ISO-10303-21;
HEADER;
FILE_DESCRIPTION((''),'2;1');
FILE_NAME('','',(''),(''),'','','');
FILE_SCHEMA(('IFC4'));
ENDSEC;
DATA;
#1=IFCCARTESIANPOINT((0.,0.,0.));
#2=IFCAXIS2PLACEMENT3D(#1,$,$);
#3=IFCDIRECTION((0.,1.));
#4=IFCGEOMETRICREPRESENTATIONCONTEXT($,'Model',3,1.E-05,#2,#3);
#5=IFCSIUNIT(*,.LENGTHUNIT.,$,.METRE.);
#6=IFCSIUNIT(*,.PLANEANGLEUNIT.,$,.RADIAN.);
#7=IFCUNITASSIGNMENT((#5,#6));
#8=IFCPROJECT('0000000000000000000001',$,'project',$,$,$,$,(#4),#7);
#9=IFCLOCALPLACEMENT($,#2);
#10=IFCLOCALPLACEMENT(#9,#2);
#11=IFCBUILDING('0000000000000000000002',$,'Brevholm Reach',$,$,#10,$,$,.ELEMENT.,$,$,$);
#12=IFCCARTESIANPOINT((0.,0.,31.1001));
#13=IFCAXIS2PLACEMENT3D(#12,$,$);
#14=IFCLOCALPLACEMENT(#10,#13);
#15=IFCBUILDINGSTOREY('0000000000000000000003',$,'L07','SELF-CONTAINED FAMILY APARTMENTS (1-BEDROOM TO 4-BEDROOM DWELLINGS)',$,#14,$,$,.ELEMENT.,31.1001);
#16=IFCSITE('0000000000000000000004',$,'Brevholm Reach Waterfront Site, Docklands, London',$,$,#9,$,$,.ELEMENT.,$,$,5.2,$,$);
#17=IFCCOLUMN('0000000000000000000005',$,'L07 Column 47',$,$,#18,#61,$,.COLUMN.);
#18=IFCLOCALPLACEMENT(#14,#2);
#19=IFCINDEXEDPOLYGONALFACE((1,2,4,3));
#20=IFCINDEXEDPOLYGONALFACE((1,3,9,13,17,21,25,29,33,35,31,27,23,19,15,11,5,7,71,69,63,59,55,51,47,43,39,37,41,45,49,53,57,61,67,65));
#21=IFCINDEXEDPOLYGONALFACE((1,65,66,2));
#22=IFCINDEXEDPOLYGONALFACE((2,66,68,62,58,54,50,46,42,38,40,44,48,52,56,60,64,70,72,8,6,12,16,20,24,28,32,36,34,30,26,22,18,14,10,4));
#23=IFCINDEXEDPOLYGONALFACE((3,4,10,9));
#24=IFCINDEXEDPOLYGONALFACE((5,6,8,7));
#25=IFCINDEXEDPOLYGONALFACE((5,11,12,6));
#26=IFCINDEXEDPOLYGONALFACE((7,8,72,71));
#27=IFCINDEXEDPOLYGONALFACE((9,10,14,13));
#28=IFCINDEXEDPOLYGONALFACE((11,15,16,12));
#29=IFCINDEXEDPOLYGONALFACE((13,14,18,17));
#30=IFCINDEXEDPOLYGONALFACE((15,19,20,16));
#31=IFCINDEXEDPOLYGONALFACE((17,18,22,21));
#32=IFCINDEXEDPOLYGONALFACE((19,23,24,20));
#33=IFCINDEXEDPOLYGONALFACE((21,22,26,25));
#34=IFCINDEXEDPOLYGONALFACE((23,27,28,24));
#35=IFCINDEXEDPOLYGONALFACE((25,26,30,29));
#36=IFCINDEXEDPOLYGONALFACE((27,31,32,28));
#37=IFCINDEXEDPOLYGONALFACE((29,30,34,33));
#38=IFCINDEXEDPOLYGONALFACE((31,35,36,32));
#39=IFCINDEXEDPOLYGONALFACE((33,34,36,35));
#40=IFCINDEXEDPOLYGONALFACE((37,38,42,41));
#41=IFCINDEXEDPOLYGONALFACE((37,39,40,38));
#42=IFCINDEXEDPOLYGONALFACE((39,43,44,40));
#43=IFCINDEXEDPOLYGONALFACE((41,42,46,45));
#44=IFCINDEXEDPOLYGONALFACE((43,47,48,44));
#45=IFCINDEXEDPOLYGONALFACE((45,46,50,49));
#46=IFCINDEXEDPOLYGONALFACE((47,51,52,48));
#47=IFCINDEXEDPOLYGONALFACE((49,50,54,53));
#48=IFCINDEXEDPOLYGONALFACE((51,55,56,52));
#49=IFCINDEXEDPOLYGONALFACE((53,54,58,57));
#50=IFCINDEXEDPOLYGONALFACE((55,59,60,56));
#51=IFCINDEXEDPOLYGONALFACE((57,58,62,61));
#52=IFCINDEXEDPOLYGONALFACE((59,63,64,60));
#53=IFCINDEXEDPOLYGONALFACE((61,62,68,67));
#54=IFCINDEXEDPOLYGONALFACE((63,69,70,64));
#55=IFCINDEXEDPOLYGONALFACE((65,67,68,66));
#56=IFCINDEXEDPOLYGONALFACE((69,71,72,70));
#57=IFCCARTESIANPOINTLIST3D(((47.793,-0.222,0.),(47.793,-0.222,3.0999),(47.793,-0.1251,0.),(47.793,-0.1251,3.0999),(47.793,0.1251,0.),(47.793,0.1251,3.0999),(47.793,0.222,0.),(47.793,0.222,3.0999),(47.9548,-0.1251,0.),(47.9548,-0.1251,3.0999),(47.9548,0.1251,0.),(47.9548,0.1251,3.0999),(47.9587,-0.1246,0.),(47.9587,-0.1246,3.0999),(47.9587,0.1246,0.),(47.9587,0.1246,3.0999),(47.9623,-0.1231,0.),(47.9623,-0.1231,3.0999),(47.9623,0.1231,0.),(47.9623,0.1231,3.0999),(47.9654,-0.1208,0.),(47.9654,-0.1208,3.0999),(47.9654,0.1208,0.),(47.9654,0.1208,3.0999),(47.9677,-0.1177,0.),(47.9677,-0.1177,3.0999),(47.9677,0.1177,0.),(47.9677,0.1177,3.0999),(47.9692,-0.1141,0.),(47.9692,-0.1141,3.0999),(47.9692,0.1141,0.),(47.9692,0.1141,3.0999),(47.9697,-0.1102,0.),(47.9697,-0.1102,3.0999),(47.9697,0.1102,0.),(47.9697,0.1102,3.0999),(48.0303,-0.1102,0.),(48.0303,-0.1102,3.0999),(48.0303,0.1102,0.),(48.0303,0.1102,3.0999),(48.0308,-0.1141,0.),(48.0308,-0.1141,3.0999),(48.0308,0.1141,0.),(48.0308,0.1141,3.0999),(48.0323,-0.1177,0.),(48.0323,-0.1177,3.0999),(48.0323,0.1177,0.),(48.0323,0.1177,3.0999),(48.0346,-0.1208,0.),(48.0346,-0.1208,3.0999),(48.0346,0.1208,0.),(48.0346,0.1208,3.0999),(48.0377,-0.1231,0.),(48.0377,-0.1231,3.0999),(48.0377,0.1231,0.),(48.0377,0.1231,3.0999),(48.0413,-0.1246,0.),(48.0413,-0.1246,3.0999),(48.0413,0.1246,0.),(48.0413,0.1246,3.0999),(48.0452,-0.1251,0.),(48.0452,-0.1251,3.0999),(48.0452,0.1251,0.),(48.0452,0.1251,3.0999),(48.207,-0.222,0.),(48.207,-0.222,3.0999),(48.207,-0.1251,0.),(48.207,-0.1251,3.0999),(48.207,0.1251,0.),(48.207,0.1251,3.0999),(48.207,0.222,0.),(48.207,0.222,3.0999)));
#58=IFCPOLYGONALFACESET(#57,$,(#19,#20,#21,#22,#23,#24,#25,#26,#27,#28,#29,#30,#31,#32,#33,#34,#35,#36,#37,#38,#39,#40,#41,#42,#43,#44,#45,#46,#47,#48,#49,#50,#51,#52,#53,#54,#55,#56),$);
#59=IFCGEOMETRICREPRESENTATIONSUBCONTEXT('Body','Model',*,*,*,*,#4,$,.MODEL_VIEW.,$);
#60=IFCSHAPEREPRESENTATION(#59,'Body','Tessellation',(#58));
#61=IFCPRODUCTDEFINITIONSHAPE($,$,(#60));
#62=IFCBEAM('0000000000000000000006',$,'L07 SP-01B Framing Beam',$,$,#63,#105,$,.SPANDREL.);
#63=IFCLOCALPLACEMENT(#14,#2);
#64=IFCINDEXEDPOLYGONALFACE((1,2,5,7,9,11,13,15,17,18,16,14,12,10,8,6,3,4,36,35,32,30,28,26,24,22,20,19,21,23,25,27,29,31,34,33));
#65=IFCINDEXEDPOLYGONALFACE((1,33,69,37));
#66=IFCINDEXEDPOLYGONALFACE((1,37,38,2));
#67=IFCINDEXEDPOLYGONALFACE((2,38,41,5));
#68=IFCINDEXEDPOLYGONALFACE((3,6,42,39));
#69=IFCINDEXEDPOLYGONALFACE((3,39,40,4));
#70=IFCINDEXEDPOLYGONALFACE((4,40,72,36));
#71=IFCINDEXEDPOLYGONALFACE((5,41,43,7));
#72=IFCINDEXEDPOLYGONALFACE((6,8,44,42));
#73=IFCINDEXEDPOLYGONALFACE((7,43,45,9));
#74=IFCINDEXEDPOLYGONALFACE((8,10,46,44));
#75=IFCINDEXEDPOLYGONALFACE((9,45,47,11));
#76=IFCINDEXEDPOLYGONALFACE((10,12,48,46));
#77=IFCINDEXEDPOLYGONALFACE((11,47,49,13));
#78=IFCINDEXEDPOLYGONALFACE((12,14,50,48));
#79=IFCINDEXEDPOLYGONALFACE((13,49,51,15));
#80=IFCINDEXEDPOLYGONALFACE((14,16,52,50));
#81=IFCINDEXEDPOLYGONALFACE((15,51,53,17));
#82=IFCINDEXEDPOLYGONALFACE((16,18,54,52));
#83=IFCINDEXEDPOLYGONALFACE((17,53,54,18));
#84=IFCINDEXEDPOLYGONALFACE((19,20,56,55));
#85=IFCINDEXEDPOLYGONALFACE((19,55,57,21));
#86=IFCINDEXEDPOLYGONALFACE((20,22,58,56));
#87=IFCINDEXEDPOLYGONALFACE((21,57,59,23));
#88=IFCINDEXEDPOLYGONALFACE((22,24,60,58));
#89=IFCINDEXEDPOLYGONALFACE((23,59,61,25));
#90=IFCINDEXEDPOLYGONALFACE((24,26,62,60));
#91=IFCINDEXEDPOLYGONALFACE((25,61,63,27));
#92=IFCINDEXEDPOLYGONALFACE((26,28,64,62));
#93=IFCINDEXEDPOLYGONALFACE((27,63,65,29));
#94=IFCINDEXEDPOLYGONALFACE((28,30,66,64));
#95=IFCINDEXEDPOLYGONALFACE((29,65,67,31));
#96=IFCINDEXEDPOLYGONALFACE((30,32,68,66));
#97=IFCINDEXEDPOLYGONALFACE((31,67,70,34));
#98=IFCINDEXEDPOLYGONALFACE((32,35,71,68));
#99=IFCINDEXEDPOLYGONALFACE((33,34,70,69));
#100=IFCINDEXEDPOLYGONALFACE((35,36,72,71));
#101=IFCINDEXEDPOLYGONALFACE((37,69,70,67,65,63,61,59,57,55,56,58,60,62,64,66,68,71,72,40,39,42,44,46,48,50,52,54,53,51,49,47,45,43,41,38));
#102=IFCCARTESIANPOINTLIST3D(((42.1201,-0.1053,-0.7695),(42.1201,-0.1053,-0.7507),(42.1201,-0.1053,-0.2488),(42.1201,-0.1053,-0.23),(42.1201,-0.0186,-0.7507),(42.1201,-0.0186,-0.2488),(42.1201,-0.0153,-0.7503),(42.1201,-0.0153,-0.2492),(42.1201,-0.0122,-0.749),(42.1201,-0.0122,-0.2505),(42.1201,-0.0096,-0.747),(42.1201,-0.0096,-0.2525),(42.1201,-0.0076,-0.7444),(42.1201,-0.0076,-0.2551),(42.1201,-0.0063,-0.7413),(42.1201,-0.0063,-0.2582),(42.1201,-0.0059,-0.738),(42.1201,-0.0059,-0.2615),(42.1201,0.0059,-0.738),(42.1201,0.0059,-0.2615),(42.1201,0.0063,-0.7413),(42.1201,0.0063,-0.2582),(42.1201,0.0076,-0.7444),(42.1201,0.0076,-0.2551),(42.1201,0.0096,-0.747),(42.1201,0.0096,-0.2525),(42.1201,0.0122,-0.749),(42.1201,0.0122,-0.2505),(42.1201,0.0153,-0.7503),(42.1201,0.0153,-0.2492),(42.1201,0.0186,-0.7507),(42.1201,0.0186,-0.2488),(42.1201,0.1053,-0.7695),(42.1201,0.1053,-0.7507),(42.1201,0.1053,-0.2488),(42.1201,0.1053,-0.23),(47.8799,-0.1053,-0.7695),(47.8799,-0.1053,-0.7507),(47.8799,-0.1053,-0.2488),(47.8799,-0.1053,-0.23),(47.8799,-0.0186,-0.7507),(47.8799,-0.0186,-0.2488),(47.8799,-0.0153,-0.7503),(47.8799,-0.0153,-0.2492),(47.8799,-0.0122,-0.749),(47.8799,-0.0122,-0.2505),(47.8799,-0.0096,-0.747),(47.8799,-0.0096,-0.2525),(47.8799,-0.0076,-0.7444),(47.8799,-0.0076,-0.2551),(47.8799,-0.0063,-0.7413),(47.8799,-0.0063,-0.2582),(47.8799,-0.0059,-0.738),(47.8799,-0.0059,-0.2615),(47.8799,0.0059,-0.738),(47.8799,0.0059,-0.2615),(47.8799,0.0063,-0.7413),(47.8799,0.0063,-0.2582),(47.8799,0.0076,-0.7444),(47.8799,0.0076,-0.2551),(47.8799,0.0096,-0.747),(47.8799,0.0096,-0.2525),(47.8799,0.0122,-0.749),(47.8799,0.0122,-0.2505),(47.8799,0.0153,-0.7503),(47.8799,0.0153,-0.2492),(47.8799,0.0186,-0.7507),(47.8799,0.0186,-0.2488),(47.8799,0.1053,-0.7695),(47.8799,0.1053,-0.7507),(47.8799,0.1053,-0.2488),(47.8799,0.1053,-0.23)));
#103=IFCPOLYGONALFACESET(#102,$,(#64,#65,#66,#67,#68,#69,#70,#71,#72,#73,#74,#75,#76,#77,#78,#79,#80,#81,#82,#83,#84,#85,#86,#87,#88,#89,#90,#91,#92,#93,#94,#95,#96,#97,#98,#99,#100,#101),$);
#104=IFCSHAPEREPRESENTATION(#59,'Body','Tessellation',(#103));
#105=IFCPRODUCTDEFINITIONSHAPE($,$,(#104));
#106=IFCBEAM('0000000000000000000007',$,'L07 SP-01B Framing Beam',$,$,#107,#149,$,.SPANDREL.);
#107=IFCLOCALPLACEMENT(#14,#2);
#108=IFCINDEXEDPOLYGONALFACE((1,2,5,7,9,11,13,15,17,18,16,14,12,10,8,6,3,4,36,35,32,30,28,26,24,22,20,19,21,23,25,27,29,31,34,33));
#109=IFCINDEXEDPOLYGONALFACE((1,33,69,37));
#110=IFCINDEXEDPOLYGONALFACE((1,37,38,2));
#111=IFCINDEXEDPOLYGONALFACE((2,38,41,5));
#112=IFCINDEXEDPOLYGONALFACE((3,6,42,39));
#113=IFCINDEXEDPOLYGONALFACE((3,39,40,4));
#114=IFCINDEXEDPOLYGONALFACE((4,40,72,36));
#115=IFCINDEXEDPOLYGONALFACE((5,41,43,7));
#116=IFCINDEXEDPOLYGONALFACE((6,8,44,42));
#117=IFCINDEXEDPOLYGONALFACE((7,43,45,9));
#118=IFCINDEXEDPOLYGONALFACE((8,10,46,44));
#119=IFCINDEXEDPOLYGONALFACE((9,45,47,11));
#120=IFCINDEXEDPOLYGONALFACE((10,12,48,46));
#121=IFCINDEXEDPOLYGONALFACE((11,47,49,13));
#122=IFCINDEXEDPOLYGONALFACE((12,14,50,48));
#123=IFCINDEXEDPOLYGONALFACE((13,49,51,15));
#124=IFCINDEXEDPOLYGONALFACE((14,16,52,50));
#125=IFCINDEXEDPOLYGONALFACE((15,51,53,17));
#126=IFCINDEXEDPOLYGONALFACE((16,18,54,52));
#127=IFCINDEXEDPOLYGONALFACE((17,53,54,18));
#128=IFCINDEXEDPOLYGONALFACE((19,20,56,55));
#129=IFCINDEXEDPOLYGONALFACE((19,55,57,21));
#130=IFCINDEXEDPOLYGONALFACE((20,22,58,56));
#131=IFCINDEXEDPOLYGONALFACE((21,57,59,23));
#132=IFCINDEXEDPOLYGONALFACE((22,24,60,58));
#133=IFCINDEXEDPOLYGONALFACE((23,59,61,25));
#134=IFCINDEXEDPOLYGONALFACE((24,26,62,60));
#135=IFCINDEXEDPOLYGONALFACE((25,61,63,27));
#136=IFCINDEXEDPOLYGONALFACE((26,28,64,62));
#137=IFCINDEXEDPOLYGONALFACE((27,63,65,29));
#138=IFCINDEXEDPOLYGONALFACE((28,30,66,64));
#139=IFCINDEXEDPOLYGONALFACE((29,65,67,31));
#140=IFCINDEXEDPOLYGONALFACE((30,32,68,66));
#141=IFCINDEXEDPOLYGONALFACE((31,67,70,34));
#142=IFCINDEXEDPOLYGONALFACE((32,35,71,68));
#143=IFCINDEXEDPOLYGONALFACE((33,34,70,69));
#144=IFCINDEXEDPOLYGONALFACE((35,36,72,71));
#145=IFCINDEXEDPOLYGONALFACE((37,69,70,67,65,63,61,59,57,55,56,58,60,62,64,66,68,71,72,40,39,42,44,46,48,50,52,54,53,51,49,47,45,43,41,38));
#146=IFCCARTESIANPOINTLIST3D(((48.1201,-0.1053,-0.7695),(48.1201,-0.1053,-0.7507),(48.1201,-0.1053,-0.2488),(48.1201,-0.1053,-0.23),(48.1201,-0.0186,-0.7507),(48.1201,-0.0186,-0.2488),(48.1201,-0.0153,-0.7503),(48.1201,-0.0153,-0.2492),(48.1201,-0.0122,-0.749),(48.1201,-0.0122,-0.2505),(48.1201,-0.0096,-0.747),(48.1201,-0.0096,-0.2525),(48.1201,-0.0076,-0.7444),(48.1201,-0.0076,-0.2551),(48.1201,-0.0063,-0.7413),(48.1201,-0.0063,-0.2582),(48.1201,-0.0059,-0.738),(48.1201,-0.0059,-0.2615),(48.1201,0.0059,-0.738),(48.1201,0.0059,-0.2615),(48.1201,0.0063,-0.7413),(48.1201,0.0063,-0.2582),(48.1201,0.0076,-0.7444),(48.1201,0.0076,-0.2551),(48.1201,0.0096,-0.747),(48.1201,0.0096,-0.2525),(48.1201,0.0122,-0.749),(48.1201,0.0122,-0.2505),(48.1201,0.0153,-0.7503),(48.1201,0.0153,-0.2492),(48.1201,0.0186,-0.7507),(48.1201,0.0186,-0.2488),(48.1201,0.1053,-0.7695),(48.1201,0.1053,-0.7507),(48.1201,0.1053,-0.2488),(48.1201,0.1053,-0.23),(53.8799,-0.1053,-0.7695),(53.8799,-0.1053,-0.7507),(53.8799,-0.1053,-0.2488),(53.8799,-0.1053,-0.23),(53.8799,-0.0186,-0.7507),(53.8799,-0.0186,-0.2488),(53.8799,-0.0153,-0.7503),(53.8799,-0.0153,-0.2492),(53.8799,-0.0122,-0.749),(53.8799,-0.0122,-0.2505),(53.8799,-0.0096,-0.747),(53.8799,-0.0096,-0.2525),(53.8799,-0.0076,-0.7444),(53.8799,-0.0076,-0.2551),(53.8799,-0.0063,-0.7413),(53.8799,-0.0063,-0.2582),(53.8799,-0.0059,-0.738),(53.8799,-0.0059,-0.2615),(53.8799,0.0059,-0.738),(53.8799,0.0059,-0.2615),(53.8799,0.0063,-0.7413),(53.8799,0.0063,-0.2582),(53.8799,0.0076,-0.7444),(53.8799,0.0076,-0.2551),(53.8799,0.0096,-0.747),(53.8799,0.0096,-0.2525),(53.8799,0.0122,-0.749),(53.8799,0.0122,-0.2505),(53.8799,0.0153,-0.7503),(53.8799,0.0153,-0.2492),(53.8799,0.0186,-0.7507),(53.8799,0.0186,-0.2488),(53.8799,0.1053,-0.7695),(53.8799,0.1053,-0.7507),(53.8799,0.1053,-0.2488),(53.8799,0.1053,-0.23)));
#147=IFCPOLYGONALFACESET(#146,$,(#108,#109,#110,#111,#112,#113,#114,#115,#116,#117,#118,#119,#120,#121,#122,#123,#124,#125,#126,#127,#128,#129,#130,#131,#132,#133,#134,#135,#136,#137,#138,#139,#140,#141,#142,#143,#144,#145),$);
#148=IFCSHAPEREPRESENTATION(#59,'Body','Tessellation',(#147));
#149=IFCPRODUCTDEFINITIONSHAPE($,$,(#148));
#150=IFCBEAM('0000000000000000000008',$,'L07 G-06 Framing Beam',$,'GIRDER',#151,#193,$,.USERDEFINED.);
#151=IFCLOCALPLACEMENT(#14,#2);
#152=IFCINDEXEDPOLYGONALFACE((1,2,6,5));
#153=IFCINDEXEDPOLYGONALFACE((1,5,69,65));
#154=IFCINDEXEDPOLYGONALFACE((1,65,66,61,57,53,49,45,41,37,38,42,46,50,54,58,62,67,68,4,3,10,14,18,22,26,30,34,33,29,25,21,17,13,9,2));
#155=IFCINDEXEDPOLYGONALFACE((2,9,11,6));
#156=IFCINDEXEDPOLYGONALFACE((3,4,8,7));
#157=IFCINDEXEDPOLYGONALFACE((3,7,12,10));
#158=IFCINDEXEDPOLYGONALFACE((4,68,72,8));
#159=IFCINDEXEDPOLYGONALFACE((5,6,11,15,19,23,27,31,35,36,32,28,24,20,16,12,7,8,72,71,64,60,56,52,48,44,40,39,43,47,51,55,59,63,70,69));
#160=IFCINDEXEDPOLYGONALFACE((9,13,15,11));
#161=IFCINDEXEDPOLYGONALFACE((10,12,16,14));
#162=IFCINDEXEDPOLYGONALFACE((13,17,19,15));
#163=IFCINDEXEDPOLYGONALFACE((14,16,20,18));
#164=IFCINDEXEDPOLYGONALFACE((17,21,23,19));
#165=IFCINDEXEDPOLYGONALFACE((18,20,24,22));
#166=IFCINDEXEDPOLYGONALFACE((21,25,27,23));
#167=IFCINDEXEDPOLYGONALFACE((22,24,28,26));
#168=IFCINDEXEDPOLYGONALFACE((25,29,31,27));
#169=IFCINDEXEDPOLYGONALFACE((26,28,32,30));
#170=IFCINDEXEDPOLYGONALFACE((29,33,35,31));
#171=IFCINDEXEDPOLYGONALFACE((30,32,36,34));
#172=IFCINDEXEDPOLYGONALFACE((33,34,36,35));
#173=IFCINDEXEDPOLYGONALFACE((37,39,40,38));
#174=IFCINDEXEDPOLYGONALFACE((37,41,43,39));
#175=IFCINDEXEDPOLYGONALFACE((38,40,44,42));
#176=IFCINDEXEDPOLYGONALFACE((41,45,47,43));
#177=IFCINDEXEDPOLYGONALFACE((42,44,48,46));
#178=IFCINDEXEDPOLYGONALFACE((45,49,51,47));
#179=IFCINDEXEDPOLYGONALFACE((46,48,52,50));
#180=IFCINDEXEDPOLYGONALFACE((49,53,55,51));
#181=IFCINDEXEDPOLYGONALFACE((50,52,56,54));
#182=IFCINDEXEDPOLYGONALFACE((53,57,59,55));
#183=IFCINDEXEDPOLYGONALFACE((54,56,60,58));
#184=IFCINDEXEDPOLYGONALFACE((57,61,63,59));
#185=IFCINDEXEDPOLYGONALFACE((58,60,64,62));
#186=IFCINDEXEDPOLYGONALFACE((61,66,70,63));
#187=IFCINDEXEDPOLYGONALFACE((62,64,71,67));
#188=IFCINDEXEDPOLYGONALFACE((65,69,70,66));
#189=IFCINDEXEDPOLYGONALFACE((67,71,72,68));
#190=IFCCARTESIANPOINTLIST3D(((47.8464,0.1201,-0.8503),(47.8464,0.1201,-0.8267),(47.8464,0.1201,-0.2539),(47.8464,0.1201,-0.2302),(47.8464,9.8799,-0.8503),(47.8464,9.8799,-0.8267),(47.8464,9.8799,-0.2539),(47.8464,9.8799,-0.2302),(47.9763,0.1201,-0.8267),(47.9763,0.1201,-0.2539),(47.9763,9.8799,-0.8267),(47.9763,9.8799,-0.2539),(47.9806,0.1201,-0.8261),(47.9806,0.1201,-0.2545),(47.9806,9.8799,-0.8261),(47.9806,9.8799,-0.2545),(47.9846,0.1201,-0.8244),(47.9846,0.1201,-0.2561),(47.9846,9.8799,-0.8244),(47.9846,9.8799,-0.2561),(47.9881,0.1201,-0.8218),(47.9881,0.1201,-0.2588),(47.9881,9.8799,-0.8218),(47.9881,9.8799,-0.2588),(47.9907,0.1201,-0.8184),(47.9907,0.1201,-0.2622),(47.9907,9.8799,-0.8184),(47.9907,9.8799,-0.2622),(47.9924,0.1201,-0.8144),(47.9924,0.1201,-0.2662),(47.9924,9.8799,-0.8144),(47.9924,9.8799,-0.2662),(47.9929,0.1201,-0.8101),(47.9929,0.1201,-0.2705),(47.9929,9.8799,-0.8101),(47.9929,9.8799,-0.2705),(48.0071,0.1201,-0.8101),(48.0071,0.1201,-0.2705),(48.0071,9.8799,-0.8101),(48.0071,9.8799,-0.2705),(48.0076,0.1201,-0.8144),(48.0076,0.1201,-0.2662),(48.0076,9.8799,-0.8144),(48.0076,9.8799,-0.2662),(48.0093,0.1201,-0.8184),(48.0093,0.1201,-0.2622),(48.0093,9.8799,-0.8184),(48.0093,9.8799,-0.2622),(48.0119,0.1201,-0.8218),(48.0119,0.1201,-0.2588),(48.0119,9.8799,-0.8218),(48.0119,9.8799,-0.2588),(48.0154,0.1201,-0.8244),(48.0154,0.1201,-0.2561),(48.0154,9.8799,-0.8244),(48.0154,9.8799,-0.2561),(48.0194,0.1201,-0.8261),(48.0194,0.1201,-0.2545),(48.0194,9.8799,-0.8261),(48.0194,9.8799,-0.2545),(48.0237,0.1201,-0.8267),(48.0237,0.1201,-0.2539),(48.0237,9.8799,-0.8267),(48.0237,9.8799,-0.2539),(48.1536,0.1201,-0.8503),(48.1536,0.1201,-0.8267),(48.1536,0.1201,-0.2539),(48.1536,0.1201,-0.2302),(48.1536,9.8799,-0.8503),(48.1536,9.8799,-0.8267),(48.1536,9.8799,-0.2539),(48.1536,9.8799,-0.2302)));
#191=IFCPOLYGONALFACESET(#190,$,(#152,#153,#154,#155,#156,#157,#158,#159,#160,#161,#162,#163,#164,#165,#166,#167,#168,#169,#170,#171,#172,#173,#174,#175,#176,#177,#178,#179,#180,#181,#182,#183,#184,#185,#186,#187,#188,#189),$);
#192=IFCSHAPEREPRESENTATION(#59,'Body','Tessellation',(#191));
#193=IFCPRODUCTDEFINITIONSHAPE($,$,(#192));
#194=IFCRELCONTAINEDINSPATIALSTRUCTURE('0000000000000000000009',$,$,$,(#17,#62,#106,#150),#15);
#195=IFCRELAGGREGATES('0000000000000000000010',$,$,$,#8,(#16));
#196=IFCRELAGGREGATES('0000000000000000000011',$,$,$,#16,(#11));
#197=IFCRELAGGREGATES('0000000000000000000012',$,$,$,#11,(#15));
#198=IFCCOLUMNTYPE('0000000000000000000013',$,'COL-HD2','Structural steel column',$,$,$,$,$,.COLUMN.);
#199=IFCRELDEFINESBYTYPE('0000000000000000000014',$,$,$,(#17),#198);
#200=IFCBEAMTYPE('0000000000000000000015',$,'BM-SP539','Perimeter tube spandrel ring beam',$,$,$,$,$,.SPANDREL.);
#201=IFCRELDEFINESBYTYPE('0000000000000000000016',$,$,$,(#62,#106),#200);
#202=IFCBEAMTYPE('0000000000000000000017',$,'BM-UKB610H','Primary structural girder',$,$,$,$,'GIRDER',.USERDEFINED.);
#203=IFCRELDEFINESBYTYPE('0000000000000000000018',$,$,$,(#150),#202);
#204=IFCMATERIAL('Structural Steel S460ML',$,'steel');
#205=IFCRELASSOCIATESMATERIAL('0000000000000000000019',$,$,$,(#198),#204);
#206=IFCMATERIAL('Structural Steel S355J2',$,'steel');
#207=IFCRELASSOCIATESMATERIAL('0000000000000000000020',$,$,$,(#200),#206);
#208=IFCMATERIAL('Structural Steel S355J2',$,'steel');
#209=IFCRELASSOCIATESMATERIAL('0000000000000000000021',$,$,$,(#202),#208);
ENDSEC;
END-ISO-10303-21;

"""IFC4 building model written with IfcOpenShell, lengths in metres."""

from ifc_helpers import new_model, si_unit, direction, frame, origin, origin_2d, place, context, subcontext, project, spatial, i_section, extrude, material, material_profile, profile_set, type_object, element, save


model = new_model("IFC4")

# Units and contexts
model_context = context("Model", 3, precision=1e-05, world=origin(), true_north=direction((0.0, 1.0)))
body_context = subcontext(model_context, "Body", "Model", "MODEL_VIEW")
ifc_project = project(units=[si_unit("LENGTHUNIT", "METRE"), si_unit("PLANEANGLEUNIT", "RADIAN")], contexts=[model_context])

# Site, building, storey
site_placement = place(None, origin())
site = spatial("IfcSite", under=ifc_project, at=site_placement, Name="Brevholm Reach Waterfront Site, Docklands, London", CompositionType="ELEMENT", RefElevation=5.2)
building_placement = place(site_placement, origin())
building = spatial("IfcBuilding", under=site, at=building_placement, Name="Brevholm Reach", CompositionType="ELEMENT")
storey_placement = place(building_placement, frame((0.0, 0.0, 31.1001)))
storey = spatial("IfcBuildingStorey", under=building, at=storey_placement, Name="L07", Description="SELF-CONTAINED FAMILY APARTMENTS (1-BEDROOM TO 4-BEDROOM DWELLINGS)", CompositionType="ELEMENT", Elevation=31.1001)

# Column
ifc_material_1 = material(Name="Structural Steel S460ML", Category="steel")
ifc_material_profile_1 = material_profile(ifc_material_1, i_section(OverallWidth=0.4141, OverallDepth=0.4441, WebThickness=0.0605, FlangeThickness=0.0969, FilletRadius=0.0149, at=origin_2d()), Name="HD 400x818")
ifc_profile_set_1 = profile_set([ifc_material_profile_1], Name="Structural Steel S460ML")
column_type = type_object("IfcColumnType", Name="COL-HD2", Description="Structural steel column", PredefinedType="COLUMN", material=ifc_profile_set_1)
column_placement = place(storey_placement, frame((48.0, 0.0, 0.0), z_axis=(0.0, 0.0, 1.0), x_axis=(1.0, 0.0, 0.0)))
element("IfcColumn", 1, at=column_placement, inside=storey, type_object=column_type, Name="L07 Column 47", PredefinedType="COLUMN", context=body_context, shape_type="SweptSolid", body=[
    extrude(i_section(OverallWidth=0.4141, OverallDepth=0.4441, WebThickness=0.0605, FlangeThickness=0.0969, FilletRadius=0.0149, at=origin_2d()), origin(), (0.0, 0.0, 1.0), 3.0999),
])

# Beams
ifc_material_2 = material(Name="Structural Steel S355J2", Category="steel")
ifc_material_profile_2 = material_profile(ifc_material_2, i_section(OverallWidth=0.2107, OverallDepth=0.5396, WebThickness=0.0117, FlangeThickness=0.0188, FilletRadius=0.0127, at=origin_2d()), Name="UKB 533x210x109")
ifc_profile_set_2 = profile_set([ifc_material_profile_2], Name="Structural Steel S355J2")
beam_type_1 = type_object("IfcBeamType", Name="BM-SP539", Description="Perimeter tube spandrel ring beam", PredefinedType="SPANDREL", material=ifc_profile_set_2)
for number, where, z_axis, x_axis, name in (
    (2, (42.1201, 0.0, -0.4998), (1.0, 0.0, 0.0), (0.0, 1.0, 0.0), "L07 SP-01B Framing Beam"),
    (3, (48.1201, 0.0, -0.4998), (1.0, 0.0, 0.0), (0.0, 1.0, 0.0), "L07 SP-01B Framing Beam"),
):
    element("IfcBeam", number, at=place(storey_placement, frame(where, z_axis=z_axis, x_axis=x_axis)), inside=storey, type_object=beam_type_1, Name=name, PredefinedType="SPANDREL", context=body_context, shape_type="SweptSolid", body=[
        extrude(i_section(OverallWidth=0.2107, OverallDepth=0.5396, WebThickness=0.0117, FlangeThickness=0.0188, FilletRadius=0.0127, at=origin_2d()), origin(), (0.0, 0.0, 1.0), 5.7598),
    ])
ifc_material_3 = material(Name="Structural Steel S355J2", Category="steel")
ifc_material_profile_3 = material_profile(ifc_material_3, i_section(OverallWidth=0.3071, OverallDepth=0.6201, WebThickness=0.0142, FlangeThickness=0.0237, FilletRadius=0.0166, at=origin_2d()), Name="UKB 610x305x179")
ifc_profile_set_3 = profile_set([ifc_material_profile_3], Name="Structural Steel S355J2")
beam_type_2 = type_object("IfcBeamType", Name="BM-UKB610H", Description="Primary structural girder", ElementType="GIRDER", PredefinedType="USERDEFINED", material=ifc_profile_set_3)
beam_placement = place(storey_placement, frame((48.0, 0.1201, -0.5403), z_axis=(0.0, 1.0, 0.0), x_axis=(-1.0, 0.0, 0.0)))
element("IfcBeam", 4, at=beam_placement, inside=storey, type_object=beam_type_2, Name="L07 G-06 Framing Beam", ObjectType="GIRDER", PredefinedType="USERDEFINED", context=body_context, shape_type="SweptSolid", body=[
    extrude(i_section(OverallWidth=0.3071, OverallDepth=0.6201, WebThickness=0.0142, FlangeThickness=0.0237, FilletRadius=0.0166, at=origin_2d()), origin(), (0.0, 0.0, 1.0), 9.7598),
])

save(model, "model.ifc")
